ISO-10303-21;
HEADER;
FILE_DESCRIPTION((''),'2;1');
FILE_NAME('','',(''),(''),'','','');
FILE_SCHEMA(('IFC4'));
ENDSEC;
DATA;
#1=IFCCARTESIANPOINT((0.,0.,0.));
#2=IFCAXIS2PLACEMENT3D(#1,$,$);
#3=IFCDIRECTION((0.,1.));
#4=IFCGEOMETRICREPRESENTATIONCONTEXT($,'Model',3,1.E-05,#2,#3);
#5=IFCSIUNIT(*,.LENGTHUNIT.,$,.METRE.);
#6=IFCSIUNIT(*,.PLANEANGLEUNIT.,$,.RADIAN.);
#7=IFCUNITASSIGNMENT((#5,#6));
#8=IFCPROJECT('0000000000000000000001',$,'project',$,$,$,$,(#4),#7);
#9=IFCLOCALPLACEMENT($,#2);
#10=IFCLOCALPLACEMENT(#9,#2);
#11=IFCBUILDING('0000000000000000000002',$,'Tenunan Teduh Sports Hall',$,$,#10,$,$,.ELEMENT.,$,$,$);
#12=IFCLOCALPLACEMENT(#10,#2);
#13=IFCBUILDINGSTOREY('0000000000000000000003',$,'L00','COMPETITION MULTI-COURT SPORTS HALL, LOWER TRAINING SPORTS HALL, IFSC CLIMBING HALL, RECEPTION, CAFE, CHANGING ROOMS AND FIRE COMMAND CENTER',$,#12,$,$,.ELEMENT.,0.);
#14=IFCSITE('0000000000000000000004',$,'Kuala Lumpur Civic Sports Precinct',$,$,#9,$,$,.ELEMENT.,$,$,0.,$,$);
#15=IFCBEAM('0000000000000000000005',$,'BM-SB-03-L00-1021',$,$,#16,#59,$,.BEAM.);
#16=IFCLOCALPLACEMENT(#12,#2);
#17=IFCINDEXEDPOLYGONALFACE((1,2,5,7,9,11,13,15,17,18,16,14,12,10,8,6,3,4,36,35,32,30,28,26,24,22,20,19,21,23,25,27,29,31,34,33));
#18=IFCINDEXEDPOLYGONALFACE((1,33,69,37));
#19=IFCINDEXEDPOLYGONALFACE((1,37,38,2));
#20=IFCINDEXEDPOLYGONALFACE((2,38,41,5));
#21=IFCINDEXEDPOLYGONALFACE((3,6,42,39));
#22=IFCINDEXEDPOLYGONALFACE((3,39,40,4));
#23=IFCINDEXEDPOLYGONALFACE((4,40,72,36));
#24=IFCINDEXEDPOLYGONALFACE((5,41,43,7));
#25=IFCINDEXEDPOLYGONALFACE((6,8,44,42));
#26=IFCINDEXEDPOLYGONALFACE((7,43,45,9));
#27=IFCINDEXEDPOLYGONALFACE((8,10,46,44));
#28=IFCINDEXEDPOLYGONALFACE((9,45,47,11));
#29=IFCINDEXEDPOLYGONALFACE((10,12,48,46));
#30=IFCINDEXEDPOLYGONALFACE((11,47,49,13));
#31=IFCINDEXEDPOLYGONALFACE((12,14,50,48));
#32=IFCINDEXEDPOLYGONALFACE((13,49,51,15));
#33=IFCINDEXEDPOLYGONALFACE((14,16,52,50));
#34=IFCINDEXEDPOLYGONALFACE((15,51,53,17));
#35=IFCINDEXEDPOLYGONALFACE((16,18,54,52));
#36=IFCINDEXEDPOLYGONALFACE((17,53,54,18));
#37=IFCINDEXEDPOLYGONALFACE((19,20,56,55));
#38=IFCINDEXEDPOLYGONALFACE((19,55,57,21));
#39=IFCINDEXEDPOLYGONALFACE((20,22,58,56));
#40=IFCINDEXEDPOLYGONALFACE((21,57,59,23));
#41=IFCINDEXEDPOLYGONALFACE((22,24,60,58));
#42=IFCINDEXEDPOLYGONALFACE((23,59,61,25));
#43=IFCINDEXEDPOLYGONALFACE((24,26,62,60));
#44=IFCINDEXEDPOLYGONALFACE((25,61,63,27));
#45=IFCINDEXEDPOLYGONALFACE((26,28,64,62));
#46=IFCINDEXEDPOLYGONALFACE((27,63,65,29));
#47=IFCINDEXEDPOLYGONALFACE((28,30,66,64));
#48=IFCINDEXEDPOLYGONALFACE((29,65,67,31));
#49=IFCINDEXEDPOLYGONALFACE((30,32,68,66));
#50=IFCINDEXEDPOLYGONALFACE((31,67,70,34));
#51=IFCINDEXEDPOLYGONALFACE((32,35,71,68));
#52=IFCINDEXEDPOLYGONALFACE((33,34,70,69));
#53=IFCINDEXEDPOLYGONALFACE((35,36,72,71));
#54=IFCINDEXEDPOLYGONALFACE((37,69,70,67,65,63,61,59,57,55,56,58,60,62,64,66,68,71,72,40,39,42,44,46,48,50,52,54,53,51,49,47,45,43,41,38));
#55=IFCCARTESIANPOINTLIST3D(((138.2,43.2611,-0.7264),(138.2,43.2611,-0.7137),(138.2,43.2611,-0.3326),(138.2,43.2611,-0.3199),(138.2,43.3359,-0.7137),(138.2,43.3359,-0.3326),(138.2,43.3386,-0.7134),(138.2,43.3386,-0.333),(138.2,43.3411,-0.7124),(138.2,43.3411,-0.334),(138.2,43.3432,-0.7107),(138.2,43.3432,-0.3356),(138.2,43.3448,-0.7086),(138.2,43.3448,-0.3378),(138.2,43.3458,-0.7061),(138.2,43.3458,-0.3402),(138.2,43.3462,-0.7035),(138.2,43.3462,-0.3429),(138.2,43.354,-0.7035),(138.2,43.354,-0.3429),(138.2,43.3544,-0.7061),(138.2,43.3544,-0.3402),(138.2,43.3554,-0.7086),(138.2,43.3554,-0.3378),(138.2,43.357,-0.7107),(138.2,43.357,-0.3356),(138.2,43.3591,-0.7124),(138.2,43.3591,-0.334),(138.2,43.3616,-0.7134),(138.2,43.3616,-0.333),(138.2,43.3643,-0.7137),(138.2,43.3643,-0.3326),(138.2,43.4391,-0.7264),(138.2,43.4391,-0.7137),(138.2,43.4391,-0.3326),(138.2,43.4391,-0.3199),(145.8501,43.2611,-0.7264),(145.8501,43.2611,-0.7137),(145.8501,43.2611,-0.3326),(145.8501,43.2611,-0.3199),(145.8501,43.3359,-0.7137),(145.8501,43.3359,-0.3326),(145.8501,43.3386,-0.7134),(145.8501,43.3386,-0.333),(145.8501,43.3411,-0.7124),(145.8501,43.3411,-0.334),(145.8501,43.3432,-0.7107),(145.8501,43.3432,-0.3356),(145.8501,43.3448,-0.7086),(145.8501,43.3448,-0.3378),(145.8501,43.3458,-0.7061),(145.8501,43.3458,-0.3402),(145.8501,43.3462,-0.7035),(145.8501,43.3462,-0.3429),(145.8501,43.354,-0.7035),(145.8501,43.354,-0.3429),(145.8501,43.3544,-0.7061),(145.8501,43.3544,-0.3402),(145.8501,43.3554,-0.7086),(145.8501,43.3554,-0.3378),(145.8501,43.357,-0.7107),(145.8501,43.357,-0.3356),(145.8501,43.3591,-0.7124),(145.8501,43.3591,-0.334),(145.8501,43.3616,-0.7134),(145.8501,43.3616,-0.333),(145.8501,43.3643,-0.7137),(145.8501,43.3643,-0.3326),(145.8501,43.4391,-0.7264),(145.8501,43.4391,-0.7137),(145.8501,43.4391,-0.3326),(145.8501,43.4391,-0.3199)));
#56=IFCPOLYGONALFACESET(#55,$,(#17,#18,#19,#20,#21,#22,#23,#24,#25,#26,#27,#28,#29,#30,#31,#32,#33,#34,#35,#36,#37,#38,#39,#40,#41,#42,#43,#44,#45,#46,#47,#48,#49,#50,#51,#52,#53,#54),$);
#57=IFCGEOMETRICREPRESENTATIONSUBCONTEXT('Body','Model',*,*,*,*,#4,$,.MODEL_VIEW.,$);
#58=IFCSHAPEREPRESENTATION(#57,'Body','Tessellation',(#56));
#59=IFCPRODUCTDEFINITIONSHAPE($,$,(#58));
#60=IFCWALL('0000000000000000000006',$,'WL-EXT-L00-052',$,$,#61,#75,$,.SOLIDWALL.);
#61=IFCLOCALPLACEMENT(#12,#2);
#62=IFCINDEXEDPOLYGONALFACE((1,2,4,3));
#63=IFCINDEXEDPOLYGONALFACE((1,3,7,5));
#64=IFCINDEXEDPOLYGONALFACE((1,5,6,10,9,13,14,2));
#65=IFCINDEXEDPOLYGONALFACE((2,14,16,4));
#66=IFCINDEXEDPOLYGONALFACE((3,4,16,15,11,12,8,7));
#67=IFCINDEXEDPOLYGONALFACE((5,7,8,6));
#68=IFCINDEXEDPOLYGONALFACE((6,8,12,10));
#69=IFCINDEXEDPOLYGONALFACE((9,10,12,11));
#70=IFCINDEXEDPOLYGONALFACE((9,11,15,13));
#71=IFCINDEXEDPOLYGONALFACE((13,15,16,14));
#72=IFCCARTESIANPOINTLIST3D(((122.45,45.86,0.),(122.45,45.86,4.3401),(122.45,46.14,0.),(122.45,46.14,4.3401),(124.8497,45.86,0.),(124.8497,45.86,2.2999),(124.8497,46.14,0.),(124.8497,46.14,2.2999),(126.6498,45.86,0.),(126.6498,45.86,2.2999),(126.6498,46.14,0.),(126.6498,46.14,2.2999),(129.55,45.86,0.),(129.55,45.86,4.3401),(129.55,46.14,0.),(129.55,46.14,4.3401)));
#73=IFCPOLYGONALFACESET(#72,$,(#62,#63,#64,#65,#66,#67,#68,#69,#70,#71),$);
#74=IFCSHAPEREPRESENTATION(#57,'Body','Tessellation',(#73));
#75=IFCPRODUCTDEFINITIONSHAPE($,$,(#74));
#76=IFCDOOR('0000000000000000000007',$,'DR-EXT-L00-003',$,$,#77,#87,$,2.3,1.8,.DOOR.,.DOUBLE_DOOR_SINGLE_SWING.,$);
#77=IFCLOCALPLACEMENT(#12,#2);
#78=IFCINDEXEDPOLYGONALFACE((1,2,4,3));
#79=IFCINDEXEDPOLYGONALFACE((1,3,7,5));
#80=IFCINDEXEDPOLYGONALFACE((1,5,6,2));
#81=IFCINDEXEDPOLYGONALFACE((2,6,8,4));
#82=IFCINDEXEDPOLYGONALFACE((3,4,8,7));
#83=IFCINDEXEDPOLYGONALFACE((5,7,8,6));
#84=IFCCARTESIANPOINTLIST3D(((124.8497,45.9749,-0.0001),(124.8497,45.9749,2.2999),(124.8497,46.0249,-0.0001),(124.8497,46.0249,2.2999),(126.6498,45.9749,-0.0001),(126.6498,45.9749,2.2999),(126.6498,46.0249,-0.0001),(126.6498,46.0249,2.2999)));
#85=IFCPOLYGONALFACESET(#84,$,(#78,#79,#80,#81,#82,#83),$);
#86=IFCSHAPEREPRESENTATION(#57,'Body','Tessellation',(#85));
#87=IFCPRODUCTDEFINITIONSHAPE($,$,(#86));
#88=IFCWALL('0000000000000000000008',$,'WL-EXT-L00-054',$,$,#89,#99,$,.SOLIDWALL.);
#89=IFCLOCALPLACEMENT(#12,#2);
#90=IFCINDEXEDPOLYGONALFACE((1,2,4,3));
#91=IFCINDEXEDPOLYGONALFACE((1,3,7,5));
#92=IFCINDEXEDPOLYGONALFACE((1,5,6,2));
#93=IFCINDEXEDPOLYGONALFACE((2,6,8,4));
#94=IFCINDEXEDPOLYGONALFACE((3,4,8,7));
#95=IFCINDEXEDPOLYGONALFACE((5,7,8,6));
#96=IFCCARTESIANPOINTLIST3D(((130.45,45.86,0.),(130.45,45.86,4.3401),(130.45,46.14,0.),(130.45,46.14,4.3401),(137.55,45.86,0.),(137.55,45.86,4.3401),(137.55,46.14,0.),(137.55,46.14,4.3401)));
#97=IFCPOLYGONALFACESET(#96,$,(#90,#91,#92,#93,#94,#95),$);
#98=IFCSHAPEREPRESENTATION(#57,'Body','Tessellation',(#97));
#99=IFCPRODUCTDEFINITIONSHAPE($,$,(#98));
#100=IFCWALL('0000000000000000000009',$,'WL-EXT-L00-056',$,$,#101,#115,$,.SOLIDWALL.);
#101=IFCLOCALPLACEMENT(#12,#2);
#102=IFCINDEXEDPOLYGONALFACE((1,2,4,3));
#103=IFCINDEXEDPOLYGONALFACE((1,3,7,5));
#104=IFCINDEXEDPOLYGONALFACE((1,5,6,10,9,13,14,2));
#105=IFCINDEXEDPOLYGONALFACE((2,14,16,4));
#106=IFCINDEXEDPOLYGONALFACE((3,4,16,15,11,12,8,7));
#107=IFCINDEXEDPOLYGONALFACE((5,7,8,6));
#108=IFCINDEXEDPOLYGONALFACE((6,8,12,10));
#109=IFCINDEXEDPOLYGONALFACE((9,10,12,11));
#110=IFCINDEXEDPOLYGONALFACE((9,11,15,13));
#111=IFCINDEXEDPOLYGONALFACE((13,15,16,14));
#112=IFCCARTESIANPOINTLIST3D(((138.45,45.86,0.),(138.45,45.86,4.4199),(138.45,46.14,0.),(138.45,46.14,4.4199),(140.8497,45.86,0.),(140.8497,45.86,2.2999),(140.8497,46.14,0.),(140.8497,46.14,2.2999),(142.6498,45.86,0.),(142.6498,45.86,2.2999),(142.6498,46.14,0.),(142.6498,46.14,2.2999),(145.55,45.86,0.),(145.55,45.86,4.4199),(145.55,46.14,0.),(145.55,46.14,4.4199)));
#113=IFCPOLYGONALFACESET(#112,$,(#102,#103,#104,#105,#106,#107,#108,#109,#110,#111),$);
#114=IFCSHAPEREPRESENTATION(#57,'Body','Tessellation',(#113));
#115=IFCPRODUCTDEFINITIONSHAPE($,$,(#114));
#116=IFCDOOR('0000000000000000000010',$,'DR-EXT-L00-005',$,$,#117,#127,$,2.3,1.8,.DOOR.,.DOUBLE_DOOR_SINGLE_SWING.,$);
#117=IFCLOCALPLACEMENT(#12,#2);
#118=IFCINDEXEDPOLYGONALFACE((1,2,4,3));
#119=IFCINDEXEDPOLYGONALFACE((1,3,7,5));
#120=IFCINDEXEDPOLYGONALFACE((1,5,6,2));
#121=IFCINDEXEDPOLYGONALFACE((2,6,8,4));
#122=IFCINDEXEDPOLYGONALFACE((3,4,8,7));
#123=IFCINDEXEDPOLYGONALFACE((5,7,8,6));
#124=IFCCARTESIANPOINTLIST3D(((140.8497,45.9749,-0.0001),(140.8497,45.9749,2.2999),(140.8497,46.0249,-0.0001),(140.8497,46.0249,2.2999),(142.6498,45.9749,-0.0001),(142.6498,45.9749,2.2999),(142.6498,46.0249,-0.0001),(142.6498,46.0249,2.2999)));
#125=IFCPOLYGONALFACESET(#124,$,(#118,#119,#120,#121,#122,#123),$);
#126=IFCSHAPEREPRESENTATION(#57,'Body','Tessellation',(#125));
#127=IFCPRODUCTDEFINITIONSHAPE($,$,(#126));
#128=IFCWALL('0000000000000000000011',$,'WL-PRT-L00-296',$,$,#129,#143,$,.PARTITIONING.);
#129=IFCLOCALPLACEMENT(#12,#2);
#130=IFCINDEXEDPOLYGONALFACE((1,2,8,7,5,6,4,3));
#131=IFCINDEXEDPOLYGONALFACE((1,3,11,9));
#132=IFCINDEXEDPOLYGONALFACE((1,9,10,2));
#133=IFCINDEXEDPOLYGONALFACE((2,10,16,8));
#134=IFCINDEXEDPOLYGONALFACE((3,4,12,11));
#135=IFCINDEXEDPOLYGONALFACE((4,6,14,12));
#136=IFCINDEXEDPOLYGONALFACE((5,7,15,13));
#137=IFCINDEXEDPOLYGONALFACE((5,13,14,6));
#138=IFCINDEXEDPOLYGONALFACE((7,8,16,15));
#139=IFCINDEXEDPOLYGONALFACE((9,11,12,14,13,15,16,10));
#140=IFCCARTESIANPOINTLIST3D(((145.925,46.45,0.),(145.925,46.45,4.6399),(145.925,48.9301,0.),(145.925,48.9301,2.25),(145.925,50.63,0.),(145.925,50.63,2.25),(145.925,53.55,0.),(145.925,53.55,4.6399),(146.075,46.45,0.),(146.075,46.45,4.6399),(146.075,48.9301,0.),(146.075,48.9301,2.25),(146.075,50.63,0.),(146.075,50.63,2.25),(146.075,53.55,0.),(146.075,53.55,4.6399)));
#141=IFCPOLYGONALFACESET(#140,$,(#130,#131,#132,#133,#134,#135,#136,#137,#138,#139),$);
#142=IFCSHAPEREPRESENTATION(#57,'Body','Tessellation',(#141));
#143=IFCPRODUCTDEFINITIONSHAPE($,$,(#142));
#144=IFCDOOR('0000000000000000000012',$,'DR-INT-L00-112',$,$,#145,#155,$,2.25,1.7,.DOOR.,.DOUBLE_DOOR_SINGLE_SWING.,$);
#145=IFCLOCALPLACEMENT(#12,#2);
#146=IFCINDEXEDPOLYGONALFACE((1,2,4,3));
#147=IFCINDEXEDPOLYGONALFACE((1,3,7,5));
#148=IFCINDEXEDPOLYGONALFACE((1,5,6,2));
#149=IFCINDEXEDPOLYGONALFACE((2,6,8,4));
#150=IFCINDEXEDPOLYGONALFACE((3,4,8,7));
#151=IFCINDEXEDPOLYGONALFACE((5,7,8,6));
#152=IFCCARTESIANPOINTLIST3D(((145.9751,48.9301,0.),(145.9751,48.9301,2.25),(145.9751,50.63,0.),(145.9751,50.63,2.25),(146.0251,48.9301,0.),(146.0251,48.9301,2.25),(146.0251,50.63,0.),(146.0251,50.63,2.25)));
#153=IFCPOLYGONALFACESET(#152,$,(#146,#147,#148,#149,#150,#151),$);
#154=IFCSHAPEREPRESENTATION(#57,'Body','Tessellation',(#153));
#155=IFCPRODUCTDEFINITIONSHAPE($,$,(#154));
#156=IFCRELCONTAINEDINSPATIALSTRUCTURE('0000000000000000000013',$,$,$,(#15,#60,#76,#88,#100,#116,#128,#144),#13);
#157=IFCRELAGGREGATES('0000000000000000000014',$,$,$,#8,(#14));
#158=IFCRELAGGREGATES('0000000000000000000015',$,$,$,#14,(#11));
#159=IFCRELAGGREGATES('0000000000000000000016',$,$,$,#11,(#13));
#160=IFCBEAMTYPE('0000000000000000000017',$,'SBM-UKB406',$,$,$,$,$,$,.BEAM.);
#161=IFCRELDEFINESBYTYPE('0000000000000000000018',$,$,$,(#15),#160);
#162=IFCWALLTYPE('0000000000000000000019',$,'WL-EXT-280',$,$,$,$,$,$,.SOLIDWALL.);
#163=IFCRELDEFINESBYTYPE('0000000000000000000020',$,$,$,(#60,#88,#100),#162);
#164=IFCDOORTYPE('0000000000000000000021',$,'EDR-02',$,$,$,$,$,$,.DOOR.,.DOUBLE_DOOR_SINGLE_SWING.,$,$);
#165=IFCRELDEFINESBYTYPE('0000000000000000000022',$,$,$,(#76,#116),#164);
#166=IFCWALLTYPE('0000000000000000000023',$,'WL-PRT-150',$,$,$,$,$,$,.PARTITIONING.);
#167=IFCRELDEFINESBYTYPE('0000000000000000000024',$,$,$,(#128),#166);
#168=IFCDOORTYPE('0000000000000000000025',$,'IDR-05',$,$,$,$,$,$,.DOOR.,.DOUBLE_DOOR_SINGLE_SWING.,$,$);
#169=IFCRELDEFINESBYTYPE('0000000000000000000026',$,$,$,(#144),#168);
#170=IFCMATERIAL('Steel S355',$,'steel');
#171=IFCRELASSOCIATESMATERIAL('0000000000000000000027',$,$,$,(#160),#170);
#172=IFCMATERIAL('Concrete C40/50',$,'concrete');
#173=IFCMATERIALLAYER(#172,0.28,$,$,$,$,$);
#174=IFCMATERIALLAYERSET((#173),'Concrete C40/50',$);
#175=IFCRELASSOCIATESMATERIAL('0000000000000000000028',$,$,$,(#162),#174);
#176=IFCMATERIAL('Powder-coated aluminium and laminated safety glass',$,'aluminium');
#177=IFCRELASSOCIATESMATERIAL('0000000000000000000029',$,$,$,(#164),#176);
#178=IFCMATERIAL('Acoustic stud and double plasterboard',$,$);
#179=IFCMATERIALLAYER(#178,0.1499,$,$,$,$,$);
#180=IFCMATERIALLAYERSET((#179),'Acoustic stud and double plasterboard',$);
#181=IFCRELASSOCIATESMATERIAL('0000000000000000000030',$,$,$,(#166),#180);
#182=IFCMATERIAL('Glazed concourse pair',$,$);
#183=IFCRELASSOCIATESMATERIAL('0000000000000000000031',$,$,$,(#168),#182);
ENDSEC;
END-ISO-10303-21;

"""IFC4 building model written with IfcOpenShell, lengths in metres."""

from ifc_helpers import new_model, si_unit, direction, frame, frame_2d, origin, origin_2d, place, context, subcontext, project, spatial, rectangle, i_section, extrude, material, layer, layer_set, material_profile, profile_set, type_object, element, fill, save


model = new_model("IFC4")

# Units and contexts
model_context = context("Model", 3, precision=1e-05, world=origin(), true_north=direction((0.0, 1.0)))
body_context = subcontext(model_context, "Body", "Model", "MODEL_VIEW")
ifc_project = project(units=[si_unit("LENGTHUNIT", "METRE"), si_unit("PLANEANGLEUNIT", "RADIAN")], contexts=[model_context])

# Site, building, storey
site_placement = place(None, origin())
site = spatial("IfcSite", under=ifc_project, at=site_placement, Name="Kuala Lumpur Civic Sports Precinct", CompositionType="ELEMENT", RefElevation=0.0)
building_placement = place(site_placement, origin())
building = spatial("IfcBuilding", under=site, at=building_placement, Name="Tenunan Teduh Sports Hall", CompositionType="ELEMENT")
storey_placement = place(building_placement, origin())
storey = spatial("IfcBuildingStorey", under=building, at=storey_placement, Name="L00", Description="COMPETITION MULTI-COURT SPORTS HALL, LOWER TRAINING SPORTS HALL, IFSC CLIMBING HALL, RECEPTION, CAFE, CHANGING ROOMS AND FIRE COMMAND CENTER", CompositionType="ELEMENT", Elevation=0.0)

# Beam
ifc_material_1 = material(Name="Steel S355", Category="steel")
ifc_material_profile_1 = material_profile(ifc_material_1, i_section(OverallWidth=0.178, OverallDepth=0.4065, WebThickness=0.0078, FlangeThickness=0.0127, FilletRadius=0.0103, at=origin_2d()), Name="UKB 406x178x60")
ifc_profile_set_1 = profile_set([ifc_material_profile_1], Name="Steel S355")
beam_type_1 = type_object("IfcBeamType", Name="SBM-UKB406", PredefinedType="BEAM", material=ifc_profile_set_1)
beam_1_placement = place(storey_placement, frame((138.2, 43.3501, -0.5232), z_axis=(1.0, 0.0, 0.0), x_axis=(0.0, 1.0, 0.0)))
element("IfcBeam", 1, at=beam_1_placement, inside=storey, type_object=beam_type_1, Name="BM-SB-03-L00-1021", PredefinedType="BEAM", context=body_context, shape_type="SweptSolid", body=[
    extrude(i_section(OverallWidth=0.178, OverallDepth=0.4065, WebThickness=0.0078, FlangeThickness=0.0127, FilletRadius=0.0103, at=origin_2d()), origin(), (0.0, 0.0, 1.0), 7.6501),
])

# Wall, opening, door
ifc_material_2 = material(Name="Concrete C40/50", Category="concrete")
ifc_layer_1 = layer(ifc_material_2, 0.28)
ifc_layer_set_1 = layer_set([ifc_layer_1], Name="Concrete C40/50")
wall_type_1 = type_object("IfcWallType", Name="WL-EXT-280", PredefinedType="SOLIDWALL", material=ifc_layer_set_1)
wall_1_placement = place(storey_placement, frame((122.45, 46.0, 0.0), z_axis=(0.0, 0.0, 1.0), x_axis=(1.0, 0.0, 0.0)))
wall_1 = element("IfcWall", 2, at=wall_1_placement, inside=storey, type_object=wall_type_1, Name="WL-EXT-L00-052", PredefinedType="SOLIDWALL", context=body_context, shape_type="SweptSolid", body=[
    extrude(rectangle(XDim=7.1001, YDim=0.28, at=frame_2d((3.55, 0.0))), origin(), (0.0, 0.0, 1.0), 4.3401),
])
opening_1_placement = place(wall_1_placement, frame((2.3999, 0.0, 0.0)))
opening_1 = element("IfcOpeningElement", 3, at=opening_1_placement, cuts=wall_1, PredefinedType="OPENING", context=body_context, shape_type="SweptSolid", body=[
    extrude(rectangle(XDim=1.8, YDim=2.3, at=frame_2d((0.8999, 1.1499))), frame((0.0, 0.1499, 0.0), z_axis=(0.0, -1.0, 0.0), x_axis=(1.0, 0.0, 0.0)), (0.0, 0.0, 1.0), 0.3),
])
ifc_material_3 = material(Name="Powder-coated aluminium and laminated safety glass", Category="aluminium")
door_type_1 = type_object("IfcDoorType", Name="EDR-02", OperationType="DOUBLE_DOOR_SINGLE_SWING", PredefinedType="DOOR", material=ifc_material_3)
door_1_placement = place(opening_1_placement, origin())
door_1 = element("IfcDoor", 4, at=door_1_placement, inside=storey, type_object=door_type_1, Name="DR-EXT-L00-003", OperationType="DOUBLE_DOOR_SINGLE_SWING", OverallHeight=2.3, OverallWidth=1.8, PredefinedType="DOOR", context=body_context, shape_type="SweptSolid", body=[
    extrude(rectangle(XDim=1.8, YDim=2.3, at=frame_2d((0.8999, 1.1499))), frame((0.0, 0.0249, 0.0), z_axis=(0.0, -1.0, 0.0), x_axis=(1.0, 0.0, 0.0)), (0.0, 0.0, 1.0), 0.05),
])
fill(opening_1, door_1)

# Wall
wall_2_placement = place(storey_placement, frame((130.45, 46.0, 0.0), z_axis=(0.0, 0.0, 1.0), x_axis=(1.0, 0.0, 0.0)))
element("IfcWall", 5, at=wall_2_placement, inside=storey, type_object=wall_type_1, Name="WL-EXT-L00-054", PredefinedType="SOLIDWALL", context=body_context, shape_type="SweptSolid", body=[
    extrude(rectangle(XDim=7.1001, YDim=0.28, at=frame_2d((3.55, 0.0))), origin(), (0.0, 0.0, 1.0), 4.3401),
])

# Walls, openings, doors
wall_3_placement = place(storey_placement, frame((138.45, 46.0, 0.0), z_axis=(0.0, 0.0, 1.0), x_axis=(1.0, 0.0, 0.0)))
wall_3 = element("IfcWall", 6, at=wall_3_placement, inside=storey, type_object=wall_type_1, Name="WL-EXT-L00-056", PredefinedType="SOLIDWALL", context=body_context, shape_type="SweptSolid", body=[
    extrude(rectangle(XDim=7.1001, YDim=0.28, at=frame_2d((3.55, 0.0))), origin(), (0.0, 0.0, 1.0), 4.4199),
])
opening_2_placement = place(wall_3_placement, frame((2.3999, 0.0, 0.0)))
opening_2 = element("IfcOpeningElement", 7, at=opening_2_placement, cuts=wall_3, PredefinedType="OPENING", context=body_context, shape_type="SweptSolid", body=[
    extrude(rectangle(XDim=1.8, YDim=2.3, at=frame_2d((0.8999, 1.1499))), frame((0.0, 0.1499, 0.0), z_axis=(0.0, -1.0, 0.0), x_axis=(1.0, 0.0, 0.0)), (0.0, 0.0, 1.0), 0.3),
])
door_2_placement = place(opening_2_placement, origin())
door_2 = element("IfcDoor", 8, at=door_2_placement, inside=storey, type_object=door_type_1, Name="DR-EXT-L00-005", OperationType="DOUBLE_DOOR_SINGLE_SWING", OverallHeight=2.3, OverallWidth=1.8, PredefinedType="DOOR", context=body_context, shape_type="SweptSolid", body=[
    extrude(rectangle(XDim=1.8, YDim=2.3, at=frame_2d((0.8999, 1.1499))), frame((0.0, 0.0249, 0.0), z_axis=(0.0, -1.0, 0.0), x_axis=(1.0, 0.0, 0.0)), (0.0, 0.0, 1.0), 0.05),
])
fill(opening_2, door_2)
ifc_material_4 = material(Name="Acoustic stud and double plasterboard")
ifc_layer_2 = layer(ifc_material_4, 0.1499)
ifc_layer_set_2 = layer_set([ifc_layer_2], Name="Acoustic stud and double plasterboard")
wall_type_2 = type_object("IfcWallType", Name="WL-PRT-150", PredefinedType="PARTITIONING", material=ifc_layer_set_2)
wall_4_placement = place(storey_placement, frame((146.0, 46.45, 0.0), z_axis=(0.0, 0.0, 1.0), x_axis=(0.0, 1.0, 0.0)))
wall_4 = element("IfcWall", 9, at=wall_4_placement, inside=storey, type_object=wall_type_2, Name="WL-PRT-L00-296", PredefinedType="PARTITIONING", context=body_context, shape_type="SweptSolid", body=[
    extrude(rectangle(XDim=7.1001, YDim=0.1499, at=frame_2d((3.55, 0.0))), origin(), (0.0, 0.0, 1.0), 4.6399),
])
opening_3_placement = place(wall_4_placement, frame((2.48, 0.0, 0.0)))
opening_3 = element("IfcOpeningElement", 10, at=opening_3_placement, cuts=wall_4, PredefinedType="OPENING", context=body_context, shape_type="SweptSolid", body=[
    extrude(rectangle(XDim=1.7, YDim=2.25, at=frame_2d((0.8501, 1.125))), frame((0.0, 0.085, 0.0), z_axis=(0.0, -1.0, 0.0), x_axis=(1.0, 0.0, 0.0)), (0.0, 0.0, 1.0), 0.1699),
])
ifc_material_5 = material(Name="Glazed concourse pair")
door_type_2 = type_object("IfcDoorType", Name="IDR-05", OperationType="DOUBLE_DOOR_SINGLE_SWING", PredefinedType="DOOR", material=ifc_material_5)
door_3_placement = place(opening_3_placement, origin())
door_3 = element("IfcDoor", 11, at=door_3_placement, inside=storey, type_object=door_type_2, Name="DR-INT-L00-112", OperationType="DOUBLE_DOOR_SINGLE_SWING", OverallHeight=2.25, OverallWidth=1.7, PredefinedType="DOOR", context=body_context, shape_type="SweptSolid", body=[
    extrude(rectangle(XDim=1.7, YDim=2.25, at=frame_2d((0.8501, 1.125))), frame((0.0, 0.0249, 0.0), z_axis=(0.0, -1.0, 0.0), x_axis=(1.0, 0.0, 0.0)), (0.0, 0.0, 1.0), 0.05),
])
fill(opening_3, door_3)

save(model, "model.ifc")
